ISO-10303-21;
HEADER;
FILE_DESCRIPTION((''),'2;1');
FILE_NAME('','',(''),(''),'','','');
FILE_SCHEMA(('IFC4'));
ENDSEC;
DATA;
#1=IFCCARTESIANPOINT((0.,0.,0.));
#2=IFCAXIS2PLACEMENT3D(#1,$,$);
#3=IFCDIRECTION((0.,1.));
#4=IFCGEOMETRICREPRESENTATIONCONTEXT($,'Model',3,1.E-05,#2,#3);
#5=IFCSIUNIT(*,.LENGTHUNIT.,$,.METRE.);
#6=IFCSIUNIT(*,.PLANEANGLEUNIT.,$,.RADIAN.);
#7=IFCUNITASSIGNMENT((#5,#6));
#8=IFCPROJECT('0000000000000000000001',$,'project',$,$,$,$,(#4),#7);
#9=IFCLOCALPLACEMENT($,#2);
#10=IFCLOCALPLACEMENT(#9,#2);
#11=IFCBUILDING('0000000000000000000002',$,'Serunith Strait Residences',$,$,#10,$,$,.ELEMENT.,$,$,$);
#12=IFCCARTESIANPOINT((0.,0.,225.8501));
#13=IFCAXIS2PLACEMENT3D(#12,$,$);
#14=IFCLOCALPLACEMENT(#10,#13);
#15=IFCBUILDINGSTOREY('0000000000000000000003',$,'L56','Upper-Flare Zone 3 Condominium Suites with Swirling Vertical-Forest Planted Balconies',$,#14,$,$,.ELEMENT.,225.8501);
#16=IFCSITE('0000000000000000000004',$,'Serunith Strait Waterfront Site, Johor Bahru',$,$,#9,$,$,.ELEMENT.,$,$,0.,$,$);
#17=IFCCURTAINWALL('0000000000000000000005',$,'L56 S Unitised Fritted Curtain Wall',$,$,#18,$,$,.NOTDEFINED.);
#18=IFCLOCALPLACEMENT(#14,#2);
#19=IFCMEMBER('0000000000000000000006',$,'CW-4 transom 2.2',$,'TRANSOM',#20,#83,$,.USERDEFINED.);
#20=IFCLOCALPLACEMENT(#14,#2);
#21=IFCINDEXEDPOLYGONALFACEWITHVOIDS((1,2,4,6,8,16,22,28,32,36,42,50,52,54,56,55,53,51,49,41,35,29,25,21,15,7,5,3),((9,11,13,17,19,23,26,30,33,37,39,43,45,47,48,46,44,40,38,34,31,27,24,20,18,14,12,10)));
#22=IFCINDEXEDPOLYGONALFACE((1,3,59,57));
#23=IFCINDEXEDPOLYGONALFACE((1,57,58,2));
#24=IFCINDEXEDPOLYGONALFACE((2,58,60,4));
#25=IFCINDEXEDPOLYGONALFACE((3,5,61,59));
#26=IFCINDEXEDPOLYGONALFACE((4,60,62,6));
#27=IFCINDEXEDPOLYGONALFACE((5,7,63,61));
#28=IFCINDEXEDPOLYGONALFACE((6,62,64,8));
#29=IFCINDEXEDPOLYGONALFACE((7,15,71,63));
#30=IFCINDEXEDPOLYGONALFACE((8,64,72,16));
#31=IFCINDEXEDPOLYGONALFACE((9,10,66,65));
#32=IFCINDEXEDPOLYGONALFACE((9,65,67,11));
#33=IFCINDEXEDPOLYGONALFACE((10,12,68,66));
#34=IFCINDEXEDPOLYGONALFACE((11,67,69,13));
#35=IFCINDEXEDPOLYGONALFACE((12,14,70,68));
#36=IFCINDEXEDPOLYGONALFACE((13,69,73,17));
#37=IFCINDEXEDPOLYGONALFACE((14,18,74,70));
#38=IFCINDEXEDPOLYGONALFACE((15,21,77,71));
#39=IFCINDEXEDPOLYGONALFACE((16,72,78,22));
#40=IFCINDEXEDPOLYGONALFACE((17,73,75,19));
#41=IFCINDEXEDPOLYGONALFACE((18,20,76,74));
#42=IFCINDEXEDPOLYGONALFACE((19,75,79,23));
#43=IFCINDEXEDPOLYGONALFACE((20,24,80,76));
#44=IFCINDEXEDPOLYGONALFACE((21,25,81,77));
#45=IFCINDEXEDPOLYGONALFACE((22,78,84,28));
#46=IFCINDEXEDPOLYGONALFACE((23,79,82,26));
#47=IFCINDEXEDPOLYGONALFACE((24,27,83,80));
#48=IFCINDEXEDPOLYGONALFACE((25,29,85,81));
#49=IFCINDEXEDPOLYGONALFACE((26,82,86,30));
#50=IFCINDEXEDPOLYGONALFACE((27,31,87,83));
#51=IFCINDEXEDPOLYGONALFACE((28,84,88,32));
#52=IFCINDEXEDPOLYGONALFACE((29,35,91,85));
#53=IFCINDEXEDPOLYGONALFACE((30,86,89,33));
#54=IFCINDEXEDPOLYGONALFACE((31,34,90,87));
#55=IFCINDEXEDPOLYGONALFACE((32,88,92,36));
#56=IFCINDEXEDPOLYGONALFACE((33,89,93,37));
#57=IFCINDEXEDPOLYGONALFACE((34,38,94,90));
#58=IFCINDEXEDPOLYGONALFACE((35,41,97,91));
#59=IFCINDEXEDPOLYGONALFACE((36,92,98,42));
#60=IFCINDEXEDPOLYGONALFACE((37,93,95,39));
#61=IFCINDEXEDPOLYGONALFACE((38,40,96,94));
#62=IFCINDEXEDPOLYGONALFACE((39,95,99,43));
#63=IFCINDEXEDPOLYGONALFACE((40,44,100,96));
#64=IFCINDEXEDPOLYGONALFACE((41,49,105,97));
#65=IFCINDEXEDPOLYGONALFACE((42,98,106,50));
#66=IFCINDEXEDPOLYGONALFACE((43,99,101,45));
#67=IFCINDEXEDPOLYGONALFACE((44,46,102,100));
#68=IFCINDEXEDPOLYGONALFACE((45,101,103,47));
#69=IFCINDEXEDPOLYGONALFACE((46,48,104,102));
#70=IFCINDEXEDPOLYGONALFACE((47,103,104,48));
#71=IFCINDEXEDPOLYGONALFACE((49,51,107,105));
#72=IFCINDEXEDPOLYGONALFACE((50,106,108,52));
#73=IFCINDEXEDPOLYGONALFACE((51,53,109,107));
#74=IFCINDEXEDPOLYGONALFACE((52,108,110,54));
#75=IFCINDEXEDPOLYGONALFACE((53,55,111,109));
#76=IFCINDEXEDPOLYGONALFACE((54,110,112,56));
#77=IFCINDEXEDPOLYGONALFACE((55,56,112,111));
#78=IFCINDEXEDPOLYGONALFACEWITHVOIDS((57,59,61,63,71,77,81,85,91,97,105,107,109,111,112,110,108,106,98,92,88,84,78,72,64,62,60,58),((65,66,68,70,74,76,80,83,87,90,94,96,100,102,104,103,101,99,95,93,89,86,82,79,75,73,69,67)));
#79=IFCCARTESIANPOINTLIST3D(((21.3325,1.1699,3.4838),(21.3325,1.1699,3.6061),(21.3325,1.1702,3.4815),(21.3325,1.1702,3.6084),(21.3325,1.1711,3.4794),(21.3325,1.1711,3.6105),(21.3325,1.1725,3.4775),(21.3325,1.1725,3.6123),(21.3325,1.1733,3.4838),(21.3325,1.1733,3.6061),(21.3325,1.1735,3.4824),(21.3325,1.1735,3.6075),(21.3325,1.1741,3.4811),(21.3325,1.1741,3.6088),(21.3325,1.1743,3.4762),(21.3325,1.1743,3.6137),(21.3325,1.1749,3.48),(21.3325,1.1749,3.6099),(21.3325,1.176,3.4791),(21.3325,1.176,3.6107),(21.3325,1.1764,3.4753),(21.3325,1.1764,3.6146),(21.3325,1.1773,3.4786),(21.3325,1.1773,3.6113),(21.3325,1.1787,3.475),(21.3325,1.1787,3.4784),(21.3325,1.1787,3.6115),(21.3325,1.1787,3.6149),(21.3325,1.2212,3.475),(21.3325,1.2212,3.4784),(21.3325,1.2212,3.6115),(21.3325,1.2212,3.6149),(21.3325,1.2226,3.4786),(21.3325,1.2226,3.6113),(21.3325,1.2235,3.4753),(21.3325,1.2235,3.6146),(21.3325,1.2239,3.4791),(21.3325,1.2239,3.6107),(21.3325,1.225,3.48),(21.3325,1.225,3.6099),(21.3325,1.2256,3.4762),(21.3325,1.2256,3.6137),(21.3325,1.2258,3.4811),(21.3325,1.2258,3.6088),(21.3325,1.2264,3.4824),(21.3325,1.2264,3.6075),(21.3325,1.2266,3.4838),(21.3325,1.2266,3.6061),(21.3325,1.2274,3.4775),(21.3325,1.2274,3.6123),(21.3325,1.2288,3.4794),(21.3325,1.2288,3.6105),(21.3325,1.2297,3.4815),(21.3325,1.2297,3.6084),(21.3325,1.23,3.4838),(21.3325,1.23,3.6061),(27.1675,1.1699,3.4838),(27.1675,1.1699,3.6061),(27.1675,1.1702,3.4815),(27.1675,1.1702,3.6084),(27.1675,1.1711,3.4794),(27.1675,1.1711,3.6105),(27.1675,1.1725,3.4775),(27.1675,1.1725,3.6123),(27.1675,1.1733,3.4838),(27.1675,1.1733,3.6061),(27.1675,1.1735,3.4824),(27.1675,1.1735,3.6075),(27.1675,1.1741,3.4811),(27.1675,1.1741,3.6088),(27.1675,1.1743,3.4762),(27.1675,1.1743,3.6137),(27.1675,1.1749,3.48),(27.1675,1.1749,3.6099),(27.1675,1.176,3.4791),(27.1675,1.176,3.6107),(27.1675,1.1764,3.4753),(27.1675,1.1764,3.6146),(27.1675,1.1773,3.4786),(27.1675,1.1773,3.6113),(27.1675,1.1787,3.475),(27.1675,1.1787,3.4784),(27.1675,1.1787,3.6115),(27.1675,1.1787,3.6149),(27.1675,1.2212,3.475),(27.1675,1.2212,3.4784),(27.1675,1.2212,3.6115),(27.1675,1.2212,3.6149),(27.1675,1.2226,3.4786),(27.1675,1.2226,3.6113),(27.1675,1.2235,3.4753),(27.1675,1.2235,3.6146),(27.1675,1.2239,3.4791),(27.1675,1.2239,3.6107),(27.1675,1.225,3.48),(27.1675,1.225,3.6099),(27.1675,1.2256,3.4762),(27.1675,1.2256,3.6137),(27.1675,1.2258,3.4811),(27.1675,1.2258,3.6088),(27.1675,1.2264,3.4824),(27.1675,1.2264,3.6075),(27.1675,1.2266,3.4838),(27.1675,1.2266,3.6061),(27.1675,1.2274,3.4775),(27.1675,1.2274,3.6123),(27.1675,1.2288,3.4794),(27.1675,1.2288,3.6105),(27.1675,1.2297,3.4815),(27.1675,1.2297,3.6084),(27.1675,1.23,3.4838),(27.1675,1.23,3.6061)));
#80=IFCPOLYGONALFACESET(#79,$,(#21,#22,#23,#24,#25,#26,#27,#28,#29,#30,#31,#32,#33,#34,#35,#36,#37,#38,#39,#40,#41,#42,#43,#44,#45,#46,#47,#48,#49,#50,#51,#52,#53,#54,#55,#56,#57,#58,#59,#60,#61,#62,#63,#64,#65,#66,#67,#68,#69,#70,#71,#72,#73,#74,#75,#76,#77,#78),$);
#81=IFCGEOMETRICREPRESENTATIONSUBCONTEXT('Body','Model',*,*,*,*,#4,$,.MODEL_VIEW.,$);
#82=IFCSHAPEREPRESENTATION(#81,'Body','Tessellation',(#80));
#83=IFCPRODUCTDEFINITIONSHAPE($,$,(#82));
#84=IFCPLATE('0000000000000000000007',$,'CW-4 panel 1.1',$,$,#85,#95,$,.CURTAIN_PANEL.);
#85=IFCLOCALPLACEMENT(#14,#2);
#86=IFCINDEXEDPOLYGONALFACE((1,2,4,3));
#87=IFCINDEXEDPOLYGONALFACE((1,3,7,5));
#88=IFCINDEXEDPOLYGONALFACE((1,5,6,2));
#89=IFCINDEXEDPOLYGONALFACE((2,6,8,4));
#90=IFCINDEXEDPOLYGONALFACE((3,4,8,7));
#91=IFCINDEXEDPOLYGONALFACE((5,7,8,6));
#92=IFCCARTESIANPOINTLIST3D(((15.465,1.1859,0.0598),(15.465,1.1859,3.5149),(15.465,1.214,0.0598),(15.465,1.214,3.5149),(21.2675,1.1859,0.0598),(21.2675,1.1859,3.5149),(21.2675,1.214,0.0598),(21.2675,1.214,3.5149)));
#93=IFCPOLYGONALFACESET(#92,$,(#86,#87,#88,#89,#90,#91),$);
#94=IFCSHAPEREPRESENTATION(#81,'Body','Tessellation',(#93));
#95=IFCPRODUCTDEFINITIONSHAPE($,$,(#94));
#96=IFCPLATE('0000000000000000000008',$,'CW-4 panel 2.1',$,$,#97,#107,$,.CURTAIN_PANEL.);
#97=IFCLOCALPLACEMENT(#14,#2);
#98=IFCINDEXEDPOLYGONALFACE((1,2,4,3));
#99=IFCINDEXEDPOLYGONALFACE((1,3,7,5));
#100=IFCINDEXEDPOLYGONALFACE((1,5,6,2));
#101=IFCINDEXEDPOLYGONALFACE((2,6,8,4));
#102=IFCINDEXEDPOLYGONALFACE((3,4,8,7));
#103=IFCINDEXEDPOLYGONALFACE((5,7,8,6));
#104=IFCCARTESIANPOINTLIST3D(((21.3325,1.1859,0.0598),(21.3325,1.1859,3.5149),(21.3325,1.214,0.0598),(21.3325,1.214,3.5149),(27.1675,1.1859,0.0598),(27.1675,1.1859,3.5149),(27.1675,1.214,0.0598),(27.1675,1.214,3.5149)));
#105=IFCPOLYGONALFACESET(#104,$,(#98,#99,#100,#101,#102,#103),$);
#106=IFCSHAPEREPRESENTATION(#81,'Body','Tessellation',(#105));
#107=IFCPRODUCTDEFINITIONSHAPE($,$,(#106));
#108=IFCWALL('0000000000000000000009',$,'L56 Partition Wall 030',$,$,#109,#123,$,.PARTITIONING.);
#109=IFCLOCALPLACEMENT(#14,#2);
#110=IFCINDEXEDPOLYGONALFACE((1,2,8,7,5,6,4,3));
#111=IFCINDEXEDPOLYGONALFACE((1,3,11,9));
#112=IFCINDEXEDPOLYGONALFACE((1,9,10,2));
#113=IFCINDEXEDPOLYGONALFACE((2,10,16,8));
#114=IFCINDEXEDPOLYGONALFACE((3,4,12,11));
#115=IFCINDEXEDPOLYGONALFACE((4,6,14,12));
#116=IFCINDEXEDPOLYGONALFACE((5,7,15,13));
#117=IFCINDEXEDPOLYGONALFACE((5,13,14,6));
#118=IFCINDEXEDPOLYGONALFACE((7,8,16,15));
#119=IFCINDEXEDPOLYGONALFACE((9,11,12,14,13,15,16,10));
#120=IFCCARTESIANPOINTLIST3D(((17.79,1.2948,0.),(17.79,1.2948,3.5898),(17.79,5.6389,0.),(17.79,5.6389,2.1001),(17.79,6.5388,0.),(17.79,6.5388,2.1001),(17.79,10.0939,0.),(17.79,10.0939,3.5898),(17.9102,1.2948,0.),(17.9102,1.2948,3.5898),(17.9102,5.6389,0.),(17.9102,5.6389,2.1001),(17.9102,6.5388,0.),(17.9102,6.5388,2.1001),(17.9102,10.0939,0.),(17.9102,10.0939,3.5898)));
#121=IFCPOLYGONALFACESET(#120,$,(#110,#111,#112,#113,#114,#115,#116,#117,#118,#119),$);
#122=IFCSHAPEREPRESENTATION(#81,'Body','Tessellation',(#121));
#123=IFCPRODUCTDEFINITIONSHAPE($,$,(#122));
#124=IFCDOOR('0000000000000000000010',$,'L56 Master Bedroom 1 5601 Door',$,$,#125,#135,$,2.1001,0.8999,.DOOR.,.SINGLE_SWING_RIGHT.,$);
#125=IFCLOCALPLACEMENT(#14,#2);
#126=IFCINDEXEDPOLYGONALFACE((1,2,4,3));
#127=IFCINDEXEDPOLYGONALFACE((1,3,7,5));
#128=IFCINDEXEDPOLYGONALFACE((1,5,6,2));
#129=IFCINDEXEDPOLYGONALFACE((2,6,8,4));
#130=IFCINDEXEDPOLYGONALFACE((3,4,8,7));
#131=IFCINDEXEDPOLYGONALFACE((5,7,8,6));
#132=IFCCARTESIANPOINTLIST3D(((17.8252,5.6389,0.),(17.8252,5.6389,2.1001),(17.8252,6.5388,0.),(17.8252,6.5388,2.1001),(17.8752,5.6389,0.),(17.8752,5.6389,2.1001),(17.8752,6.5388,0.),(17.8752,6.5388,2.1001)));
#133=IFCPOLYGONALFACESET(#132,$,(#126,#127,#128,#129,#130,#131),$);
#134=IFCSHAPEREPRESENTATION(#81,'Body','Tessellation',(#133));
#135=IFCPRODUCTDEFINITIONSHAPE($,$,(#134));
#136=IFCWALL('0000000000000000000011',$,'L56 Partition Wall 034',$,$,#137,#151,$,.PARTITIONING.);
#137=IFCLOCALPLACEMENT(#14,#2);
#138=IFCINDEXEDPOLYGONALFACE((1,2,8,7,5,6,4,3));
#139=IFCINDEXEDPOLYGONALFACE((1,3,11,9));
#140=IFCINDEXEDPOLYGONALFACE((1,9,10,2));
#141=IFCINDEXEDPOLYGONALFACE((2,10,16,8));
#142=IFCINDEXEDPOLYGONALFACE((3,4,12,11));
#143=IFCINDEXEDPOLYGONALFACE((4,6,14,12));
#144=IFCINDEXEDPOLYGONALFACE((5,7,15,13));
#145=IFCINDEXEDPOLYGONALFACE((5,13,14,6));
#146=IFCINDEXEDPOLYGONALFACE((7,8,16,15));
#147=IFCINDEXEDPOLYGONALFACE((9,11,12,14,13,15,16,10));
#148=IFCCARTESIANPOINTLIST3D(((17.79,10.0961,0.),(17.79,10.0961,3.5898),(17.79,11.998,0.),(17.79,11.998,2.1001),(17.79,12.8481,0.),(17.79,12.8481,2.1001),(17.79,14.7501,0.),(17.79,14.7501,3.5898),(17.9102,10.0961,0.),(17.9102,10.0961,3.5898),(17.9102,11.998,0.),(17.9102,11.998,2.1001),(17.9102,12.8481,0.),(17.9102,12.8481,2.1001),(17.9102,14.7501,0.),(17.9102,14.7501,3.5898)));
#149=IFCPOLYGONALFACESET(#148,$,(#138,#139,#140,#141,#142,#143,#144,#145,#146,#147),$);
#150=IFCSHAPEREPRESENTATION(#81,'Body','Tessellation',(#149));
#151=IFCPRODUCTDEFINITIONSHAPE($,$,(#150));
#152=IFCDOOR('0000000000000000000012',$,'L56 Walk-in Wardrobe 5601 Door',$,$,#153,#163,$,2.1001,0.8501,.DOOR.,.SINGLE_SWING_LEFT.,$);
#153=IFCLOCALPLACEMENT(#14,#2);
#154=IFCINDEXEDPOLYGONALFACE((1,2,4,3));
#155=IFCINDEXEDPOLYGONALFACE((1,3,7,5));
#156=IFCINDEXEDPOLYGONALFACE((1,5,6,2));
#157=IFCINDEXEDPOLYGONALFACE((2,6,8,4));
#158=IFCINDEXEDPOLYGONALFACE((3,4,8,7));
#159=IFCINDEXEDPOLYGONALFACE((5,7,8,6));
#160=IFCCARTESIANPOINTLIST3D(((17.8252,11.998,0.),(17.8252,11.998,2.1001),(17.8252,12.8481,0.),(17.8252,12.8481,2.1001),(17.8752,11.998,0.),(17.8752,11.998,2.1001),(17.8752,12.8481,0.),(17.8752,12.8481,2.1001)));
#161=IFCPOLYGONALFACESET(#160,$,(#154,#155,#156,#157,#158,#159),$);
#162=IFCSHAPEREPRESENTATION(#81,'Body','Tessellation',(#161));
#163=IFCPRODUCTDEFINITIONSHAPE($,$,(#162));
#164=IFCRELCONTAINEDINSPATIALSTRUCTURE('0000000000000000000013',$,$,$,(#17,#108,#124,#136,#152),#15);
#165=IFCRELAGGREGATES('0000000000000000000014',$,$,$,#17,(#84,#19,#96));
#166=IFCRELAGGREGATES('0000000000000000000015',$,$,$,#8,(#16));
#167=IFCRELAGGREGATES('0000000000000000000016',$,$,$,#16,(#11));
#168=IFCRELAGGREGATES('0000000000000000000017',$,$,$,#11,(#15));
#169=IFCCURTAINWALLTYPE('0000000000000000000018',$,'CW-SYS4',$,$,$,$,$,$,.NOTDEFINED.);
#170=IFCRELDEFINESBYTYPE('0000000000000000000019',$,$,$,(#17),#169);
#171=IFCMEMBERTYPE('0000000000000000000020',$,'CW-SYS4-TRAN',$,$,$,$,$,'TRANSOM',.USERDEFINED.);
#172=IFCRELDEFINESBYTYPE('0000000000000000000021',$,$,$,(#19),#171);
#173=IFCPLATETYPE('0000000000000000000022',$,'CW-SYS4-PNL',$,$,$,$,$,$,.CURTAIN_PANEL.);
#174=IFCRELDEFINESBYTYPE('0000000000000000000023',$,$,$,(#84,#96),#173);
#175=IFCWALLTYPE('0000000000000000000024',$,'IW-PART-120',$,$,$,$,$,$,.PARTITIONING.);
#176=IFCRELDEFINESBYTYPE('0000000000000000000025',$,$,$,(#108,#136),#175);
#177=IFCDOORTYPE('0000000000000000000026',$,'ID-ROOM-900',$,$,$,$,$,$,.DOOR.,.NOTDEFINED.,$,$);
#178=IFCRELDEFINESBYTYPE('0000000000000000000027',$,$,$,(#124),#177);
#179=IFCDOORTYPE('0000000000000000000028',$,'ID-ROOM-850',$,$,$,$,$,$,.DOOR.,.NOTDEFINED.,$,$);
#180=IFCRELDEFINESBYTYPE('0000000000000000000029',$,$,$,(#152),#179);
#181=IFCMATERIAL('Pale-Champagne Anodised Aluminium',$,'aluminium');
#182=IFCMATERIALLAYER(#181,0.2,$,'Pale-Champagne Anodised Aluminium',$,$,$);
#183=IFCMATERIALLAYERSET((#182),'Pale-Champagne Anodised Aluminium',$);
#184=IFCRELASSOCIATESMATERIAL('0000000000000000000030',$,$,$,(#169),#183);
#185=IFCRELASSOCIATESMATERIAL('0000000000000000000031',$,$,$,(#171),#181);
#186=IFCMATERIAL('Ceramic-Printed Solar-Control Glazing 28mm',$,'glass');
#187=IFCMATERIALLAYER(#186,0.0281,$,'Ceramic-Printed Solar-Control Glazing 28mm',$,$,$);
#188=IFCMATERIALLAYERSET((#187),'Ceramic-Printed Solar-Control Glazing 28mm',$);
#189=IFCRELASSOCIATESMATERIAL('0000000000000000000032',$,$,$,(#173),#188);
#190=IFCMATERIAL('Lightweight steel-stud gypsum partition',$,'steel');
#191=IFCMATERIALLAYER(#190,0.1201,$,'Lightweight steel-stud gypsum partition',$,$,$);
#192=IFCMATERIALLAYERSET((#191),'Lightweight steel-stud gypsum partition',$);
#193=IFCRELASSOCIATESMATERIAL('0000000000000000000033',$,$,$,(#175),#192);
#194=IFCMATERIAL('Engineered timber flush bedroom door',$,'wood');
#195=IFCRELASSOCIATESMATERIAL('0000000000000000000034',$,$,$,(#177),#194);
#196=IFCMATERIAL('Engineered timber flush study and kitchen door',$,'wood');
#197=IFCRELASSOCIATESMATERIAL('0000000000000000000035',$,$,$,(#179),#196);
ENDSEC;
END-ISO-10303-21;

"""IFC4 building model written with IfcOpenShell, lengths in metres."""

from ifc_helpers import new_model, si_unit, direction, frame, frame_2d, origin, origin_2d, place, context, subcontext, project, spatial, rectangle, hollow_rectangle, extrude, source, transform, mapped, material, layer, layer_set, material_profile, profile_set, type_object, element, fill, aggregate, save


model = new_model("IFC4")

# Units and contexts
model_context = context("Model", 3, precision=1e-05, world=origin(), true_north=direction((0.0, 1.0)))
body_context = subcontext(model_context, "Body", "Model", "MODEL_VIEW")
ifc_project = project(units=[si_unit("LENGTHUNIT", "METRE"), si_unit("PLANEANGLEUNIT", "RADIAN")], contexts=[model_context])

# Site, building, storey
site_placement = place(None, origin())
site = spatial("IfcSite", under=ifc_project, at=site_placement, Name="Serunith Strait Waterfront Site, Johor Bahru", CompositionType="ELEMENT", RefElevation=0.0)
building_placement = place(site_placement, origin())
building = spatial("IfcBuilding", under=site, at=building_placement, Name="Serunith Strait Residences", CompositionType="ELEMENT")
storey_placement = place(building_placement, frame((0.0, 0.0, 225.8501)))
storey = spatial("IfcBuildingStorey", under=building, at=storey_placement, Name="L56", Description="Upper-Flare Zone 3 Condominium Suites with Swirling Vertical-Forest Planted Balconies", CompositionType="ELEMENT", Elevation=225.8501)

# Curtain wall, member, plates
ifc_material_1 = material(Name="Pale-Champagne Anodised Aluminium", Category="aluminium")
ifc_layer_1 = layer(ifc_material_1, 0.2, Name="Pale-Champagne Anodised Aluminium")
ifc_layer_set_1 = layer_set([ifc_layer_1], Name="Pale-Champagne Anodised Aluminium")
curtain_wall_type = type_object("IfcCurtainWallType", Name="CW-SYS4", PredefinedType="NOTDEFINED", material=ifc_layer_set_1)
curtain_wall_placement = place(storey_placement, origin())
curtain_wall = element("IfcCurtainWall", 1, at=curtain_wall_placement, inside=storey, type_object=curtain_wall_type, Name="L56 S Unitised Fritted Curtain Wall", PredefinedType="NOTDEFINED")
ifc_material_profile_1 = material_profile(ifc_material_1, hollow_rectangle(XDim=0.0601, YDim=0.1399, WallThickness=0.0034, InnerFilletRadius=0.0054, OuterFilletRadius=0.0088, at=origin_2d()), Name="ALU 140x60x3.5")
ifc_profile_set_1 = profile_set([ifc_material_profile_1], Name="Pale-Champagne Anodised Aluminium")
member_type_1 = type_object("IfcMemberType", Name="CW-SYS4-TRAN", ElementType="TRANSOM", PredefinedType="USERDEFINED", material=ifc_profile_set_1)
shared_shape_1 = source(origin(), body_context, "Body", "SweptSolid", [
    extrude(hollow_rectangle(XDim=0.0601, YDim=0.1399, WallThickness=0.0034, InnerFilletRadius=0.0054, OuterFilletRadius=0.0088, at=origin_2d()), origin(), (0.0, 0.0, 1.0), 5.835),
])
member_1_placement = place(storey_placement, frame((21.3325, 1.2, 3.5449), z_axis=(1.0, 0.0, 0.0), x_axis=(0.0, 1.0, 0.0)))
member_1 = element("IfcMember", 2, at=member_1_placement, type_object=member_type_1, Name="CW-4 transom 2.2", ObjectType="TRANSOM", PredefinedType="USERDEFINED", context=body_context, shape_type="MappedRepresentation", body=[
    mapped(shared_shape_1, transform((0.0, 0.0, 0.0), scale=1.0)),
])
ifc_material_2 = material(Name="Ceramic-Printed Solar-Control Glazing 28mm", Category="glass")
ifc_layer_2 = layer(ifc_material_2, 0.0281, Name="Ceramic-Printed Solar-Control Glazing 28mm")
ifc_layer_set_2 = layer_set([ifc_layer_2], Name="Ceramic-Printed Solar-Control Glazing 28mm")
plate_type = type_object("IfcPlateType", Name="CW-SYS4-PNL", PredefinedType="CURTAIN_PANEL", material=ifc_layer_set_2)
shared_shape_2 = source(origin(), body_context, "Body", "SweptSolid", [
    extrude(rectangle(XDim=5.8025, YDim=0.0281, at=origin_2d()), origin(), (0.0, 0.0, 1.0), 3.4551),
])
plate_1_placement = place(storey_placement, frame((18.3662, 1.2, 0.0598), z_axis=(0.0, 0.0, 1.0), x_axis=(1.0, 0.0, 0.0)))
plate_1 = element("IfcPlate", 3, at=plate_1_placement, type_object=plate_type, Name="CW-4 panel 1.1", PredefinedType="CURTAIN_PANEL", context=body_context, shape_type="MappedRepresentation", body=[
    mapped(shared_shape_2, transform((0.0, 0.0, 0.0), scale=1.0)),
])
shared_shape_3 = source(origin(), body_context, "Body", "SweptSolid", [
    extrude(rectangle(XDim=5.835, YDim=0.0281, at=origin_2d()), origin(), (0.0, 0.0, 1.0), 3.4551),
])
plate_2_placement = place(storey_placement, frame((24.25, 1.2, 0.0598), z_axis=(0.0, 0.0, 1.0), x_axis=(1.0, 0.0, 0.0)))
plate_2 = element("IfcPlate", 4, at=plate_2_placement, type_object=plate_type, Name="CW-4 panel 2.1", PredefinedType="CURTAIN_PANEL", context=body_context, shape_type="MappedRepresentation", body=[
    mapped(shared_shape_3, transform((0.0, 0.0, 0.0), scale=1.0)),
])
aggregate(curtain_wall, [plate_1, member_1, plate_2])

# Walls, openings, doors
ifc_material_3 = material(Name="Lightweight steel-stud gypsum partition", Category="steel")
ifc_layer_3 = layer(ifc_material_3, 0.1201, Name="Lightweight steel-stud gypsum partition")
ifc_layer_set_3 = layer_set([ifc_layer_3], Name="Lightweight steel-stud gypsum partition")
wall_type = type_object("IfcWallType", Name="IW-PART-120", PredefinedType="PARTITIONING", material=ifc_layer_set_3)
wall_1_placement = place(storey_placement, frame((17.8501, 1.2949, 0.0), z_axis=(0.0, 0.0, 1.0), x_axis=(0.0, 1.0, 0.0)))
wall_1 = element("IfcWall", 5, at=wall_1_placement, inside=storey, type_object=wall_type, Name="L56 Partition Wall 030", PredefinedType="PARTITIONING", context=body_context, shape_type="SweptSolid", body=[
    extrude(rectangle(XDim=8.7991, YDim=0.1201, at=frame_2d((4.3994, 0.0))), origin(), (0.0, 0.0, 1.0), 3.5898),
])
opening_1_placement = place(wall_1_placement, frame((4.344, 0.0, 0.0)))
opening_1 = element("IfcOpeningElement", 6, at=opening_1_placement, cuts=wall_1, PredefinedType="OPENING", context=body_context, shape_type="SweptSolid", body=[
    extrude(rectangle(XDim=0.8999, YDim=2.1001, at=frame_2d((0.45, 1.05))), frame((0.0, 0.0701, 0.0), z_axis=(0.0, -1.0, 0.0), x_axis=(1.0, 0.0, 0.0)), (0.0, 0.0, 1.0), 0.1401),
])
ifc_material_4 = material(Name="Engineered timber flush bedroom door", Category="wood")
door_type_1 = type_object("IfcDoorType", Name="ID-ROOM-900", OperationType="NOTDEFINED", PredefinedType="DOOR", material=ifc_material_4)
shared_shape_4 = source(origin(), body_context, "Body", "SweptSolid", [
    extrude(rectangle(XDim=0.8999, YDim=2.1001, at=frame_2d((0.45, 1.05))), frame((0.0, 0.0249, 0.0), z_axis=(0.0, -1.0, 0.0), x_axis=(1.0, 0.0, 0.0)), (0.0, 0.0, 1.0), 0.05),
])
door_1_placement = place(opening_1_placement, origin())
door_1 = element("IfcDoor", 7, at=door_1_placement, inside=storey, type_object=door_type_1, Name="L56 Master Bedroom 1 5601 Door", OperationType="SINGLE_SWING_RIGHT", OverallHeight=2.1001, OverallWidth=0.8999, PredefinedType="DOOR", context=body_context, shape_type="MappedRepresentation", body=[
    mapped(shared_shape_4, transform((0.0, 0.0, 0.0), scale=1.0)),
])
fill(opening_1, door_1)
wall_2_placement = place(storey_placement, frame((17.8501, 10.0959, 0.0), z_axis=(0.0, 0.0, 1.0), x_axis=(0.0, 1.0, 0.0)))
wall_2 = element("IfcWall", 8, at=wall_2_placement, inside=storey, type_object=wall_type, Name="L56 Partition Wall 034", PredefinedType="PARTITIONING", context=body_context, shape_type="SweptSolid", body=[
    extrude(rectangle(XDim=4.6541, YDim=0.1201, at=frame_2d((2.3271, 0.0))), origin(), (0.0, 0.0, 1.0), 3.5898),
])
opening_2_placement = place(wall_2_placement, frame((1.9021, 0.0, 0.0)))
opening_2 = element("IfcOpeningElement", 9, at=opening_2_placement, cuts=wall_2, PredefinedType="OPENING", context=body_context, shape_type="SweptSolid", body=[
    extrude(rectangle(XDim=0.8501, YDim=2.1001, at=frame_2d((0.425, 1.05))), frame((0.0, 0.0701, 0.0), z_axis=(0.0, -1.0, 0.0), x_axis=(1.0, 0.0, 0.0)), (0.0, 0.0, 1.0), 0.1401),
])
ifc_material_5 = material(Name="Engineered timber flush study and kitchen door", Category="wood")
door_type_2 = type_object("IfcDoorType", Name="ID-ROOM-850", OperationType="NOTDEFINED", PredefinedType="DOOR", material=ifc_material_5)
shared_shape_5 = source(origin(), body_context, "Body", "SweptSolid", [
    extrude(rectangle(XDim=0.8501, YDim=2.1001, at=frame_2d((0.425, 1.05))), frame((0.0, 0.0249, 0.0), z_axis=(0.0, -1.0, 0.0), x_axis=(1.0, 0.0, 0.0)), (0.0, 0.0, 1.0), 0.05),
])
door_2_placement = place(opening_2_placement, origin())
door_2 = element("IfcDoor", 10, at=door_2_placement, inside=storey, type_object=door_type_2, Name="L56 Walk-in Wardrobe 5601 Door", OperationType="SINGLE_SWING_LEFT", OverallHeight=2.1001, OverallWidth=0.8501, PredefinedType="DOOR", context=body_context, shape_type="MappedRepresentation", body=[
    mapped(shared_shape_5, transform((0.0, 0.0, 0.0), scale=1.0)),
])
fill(opening_2, door_2)

save(model, "model.ifc")
